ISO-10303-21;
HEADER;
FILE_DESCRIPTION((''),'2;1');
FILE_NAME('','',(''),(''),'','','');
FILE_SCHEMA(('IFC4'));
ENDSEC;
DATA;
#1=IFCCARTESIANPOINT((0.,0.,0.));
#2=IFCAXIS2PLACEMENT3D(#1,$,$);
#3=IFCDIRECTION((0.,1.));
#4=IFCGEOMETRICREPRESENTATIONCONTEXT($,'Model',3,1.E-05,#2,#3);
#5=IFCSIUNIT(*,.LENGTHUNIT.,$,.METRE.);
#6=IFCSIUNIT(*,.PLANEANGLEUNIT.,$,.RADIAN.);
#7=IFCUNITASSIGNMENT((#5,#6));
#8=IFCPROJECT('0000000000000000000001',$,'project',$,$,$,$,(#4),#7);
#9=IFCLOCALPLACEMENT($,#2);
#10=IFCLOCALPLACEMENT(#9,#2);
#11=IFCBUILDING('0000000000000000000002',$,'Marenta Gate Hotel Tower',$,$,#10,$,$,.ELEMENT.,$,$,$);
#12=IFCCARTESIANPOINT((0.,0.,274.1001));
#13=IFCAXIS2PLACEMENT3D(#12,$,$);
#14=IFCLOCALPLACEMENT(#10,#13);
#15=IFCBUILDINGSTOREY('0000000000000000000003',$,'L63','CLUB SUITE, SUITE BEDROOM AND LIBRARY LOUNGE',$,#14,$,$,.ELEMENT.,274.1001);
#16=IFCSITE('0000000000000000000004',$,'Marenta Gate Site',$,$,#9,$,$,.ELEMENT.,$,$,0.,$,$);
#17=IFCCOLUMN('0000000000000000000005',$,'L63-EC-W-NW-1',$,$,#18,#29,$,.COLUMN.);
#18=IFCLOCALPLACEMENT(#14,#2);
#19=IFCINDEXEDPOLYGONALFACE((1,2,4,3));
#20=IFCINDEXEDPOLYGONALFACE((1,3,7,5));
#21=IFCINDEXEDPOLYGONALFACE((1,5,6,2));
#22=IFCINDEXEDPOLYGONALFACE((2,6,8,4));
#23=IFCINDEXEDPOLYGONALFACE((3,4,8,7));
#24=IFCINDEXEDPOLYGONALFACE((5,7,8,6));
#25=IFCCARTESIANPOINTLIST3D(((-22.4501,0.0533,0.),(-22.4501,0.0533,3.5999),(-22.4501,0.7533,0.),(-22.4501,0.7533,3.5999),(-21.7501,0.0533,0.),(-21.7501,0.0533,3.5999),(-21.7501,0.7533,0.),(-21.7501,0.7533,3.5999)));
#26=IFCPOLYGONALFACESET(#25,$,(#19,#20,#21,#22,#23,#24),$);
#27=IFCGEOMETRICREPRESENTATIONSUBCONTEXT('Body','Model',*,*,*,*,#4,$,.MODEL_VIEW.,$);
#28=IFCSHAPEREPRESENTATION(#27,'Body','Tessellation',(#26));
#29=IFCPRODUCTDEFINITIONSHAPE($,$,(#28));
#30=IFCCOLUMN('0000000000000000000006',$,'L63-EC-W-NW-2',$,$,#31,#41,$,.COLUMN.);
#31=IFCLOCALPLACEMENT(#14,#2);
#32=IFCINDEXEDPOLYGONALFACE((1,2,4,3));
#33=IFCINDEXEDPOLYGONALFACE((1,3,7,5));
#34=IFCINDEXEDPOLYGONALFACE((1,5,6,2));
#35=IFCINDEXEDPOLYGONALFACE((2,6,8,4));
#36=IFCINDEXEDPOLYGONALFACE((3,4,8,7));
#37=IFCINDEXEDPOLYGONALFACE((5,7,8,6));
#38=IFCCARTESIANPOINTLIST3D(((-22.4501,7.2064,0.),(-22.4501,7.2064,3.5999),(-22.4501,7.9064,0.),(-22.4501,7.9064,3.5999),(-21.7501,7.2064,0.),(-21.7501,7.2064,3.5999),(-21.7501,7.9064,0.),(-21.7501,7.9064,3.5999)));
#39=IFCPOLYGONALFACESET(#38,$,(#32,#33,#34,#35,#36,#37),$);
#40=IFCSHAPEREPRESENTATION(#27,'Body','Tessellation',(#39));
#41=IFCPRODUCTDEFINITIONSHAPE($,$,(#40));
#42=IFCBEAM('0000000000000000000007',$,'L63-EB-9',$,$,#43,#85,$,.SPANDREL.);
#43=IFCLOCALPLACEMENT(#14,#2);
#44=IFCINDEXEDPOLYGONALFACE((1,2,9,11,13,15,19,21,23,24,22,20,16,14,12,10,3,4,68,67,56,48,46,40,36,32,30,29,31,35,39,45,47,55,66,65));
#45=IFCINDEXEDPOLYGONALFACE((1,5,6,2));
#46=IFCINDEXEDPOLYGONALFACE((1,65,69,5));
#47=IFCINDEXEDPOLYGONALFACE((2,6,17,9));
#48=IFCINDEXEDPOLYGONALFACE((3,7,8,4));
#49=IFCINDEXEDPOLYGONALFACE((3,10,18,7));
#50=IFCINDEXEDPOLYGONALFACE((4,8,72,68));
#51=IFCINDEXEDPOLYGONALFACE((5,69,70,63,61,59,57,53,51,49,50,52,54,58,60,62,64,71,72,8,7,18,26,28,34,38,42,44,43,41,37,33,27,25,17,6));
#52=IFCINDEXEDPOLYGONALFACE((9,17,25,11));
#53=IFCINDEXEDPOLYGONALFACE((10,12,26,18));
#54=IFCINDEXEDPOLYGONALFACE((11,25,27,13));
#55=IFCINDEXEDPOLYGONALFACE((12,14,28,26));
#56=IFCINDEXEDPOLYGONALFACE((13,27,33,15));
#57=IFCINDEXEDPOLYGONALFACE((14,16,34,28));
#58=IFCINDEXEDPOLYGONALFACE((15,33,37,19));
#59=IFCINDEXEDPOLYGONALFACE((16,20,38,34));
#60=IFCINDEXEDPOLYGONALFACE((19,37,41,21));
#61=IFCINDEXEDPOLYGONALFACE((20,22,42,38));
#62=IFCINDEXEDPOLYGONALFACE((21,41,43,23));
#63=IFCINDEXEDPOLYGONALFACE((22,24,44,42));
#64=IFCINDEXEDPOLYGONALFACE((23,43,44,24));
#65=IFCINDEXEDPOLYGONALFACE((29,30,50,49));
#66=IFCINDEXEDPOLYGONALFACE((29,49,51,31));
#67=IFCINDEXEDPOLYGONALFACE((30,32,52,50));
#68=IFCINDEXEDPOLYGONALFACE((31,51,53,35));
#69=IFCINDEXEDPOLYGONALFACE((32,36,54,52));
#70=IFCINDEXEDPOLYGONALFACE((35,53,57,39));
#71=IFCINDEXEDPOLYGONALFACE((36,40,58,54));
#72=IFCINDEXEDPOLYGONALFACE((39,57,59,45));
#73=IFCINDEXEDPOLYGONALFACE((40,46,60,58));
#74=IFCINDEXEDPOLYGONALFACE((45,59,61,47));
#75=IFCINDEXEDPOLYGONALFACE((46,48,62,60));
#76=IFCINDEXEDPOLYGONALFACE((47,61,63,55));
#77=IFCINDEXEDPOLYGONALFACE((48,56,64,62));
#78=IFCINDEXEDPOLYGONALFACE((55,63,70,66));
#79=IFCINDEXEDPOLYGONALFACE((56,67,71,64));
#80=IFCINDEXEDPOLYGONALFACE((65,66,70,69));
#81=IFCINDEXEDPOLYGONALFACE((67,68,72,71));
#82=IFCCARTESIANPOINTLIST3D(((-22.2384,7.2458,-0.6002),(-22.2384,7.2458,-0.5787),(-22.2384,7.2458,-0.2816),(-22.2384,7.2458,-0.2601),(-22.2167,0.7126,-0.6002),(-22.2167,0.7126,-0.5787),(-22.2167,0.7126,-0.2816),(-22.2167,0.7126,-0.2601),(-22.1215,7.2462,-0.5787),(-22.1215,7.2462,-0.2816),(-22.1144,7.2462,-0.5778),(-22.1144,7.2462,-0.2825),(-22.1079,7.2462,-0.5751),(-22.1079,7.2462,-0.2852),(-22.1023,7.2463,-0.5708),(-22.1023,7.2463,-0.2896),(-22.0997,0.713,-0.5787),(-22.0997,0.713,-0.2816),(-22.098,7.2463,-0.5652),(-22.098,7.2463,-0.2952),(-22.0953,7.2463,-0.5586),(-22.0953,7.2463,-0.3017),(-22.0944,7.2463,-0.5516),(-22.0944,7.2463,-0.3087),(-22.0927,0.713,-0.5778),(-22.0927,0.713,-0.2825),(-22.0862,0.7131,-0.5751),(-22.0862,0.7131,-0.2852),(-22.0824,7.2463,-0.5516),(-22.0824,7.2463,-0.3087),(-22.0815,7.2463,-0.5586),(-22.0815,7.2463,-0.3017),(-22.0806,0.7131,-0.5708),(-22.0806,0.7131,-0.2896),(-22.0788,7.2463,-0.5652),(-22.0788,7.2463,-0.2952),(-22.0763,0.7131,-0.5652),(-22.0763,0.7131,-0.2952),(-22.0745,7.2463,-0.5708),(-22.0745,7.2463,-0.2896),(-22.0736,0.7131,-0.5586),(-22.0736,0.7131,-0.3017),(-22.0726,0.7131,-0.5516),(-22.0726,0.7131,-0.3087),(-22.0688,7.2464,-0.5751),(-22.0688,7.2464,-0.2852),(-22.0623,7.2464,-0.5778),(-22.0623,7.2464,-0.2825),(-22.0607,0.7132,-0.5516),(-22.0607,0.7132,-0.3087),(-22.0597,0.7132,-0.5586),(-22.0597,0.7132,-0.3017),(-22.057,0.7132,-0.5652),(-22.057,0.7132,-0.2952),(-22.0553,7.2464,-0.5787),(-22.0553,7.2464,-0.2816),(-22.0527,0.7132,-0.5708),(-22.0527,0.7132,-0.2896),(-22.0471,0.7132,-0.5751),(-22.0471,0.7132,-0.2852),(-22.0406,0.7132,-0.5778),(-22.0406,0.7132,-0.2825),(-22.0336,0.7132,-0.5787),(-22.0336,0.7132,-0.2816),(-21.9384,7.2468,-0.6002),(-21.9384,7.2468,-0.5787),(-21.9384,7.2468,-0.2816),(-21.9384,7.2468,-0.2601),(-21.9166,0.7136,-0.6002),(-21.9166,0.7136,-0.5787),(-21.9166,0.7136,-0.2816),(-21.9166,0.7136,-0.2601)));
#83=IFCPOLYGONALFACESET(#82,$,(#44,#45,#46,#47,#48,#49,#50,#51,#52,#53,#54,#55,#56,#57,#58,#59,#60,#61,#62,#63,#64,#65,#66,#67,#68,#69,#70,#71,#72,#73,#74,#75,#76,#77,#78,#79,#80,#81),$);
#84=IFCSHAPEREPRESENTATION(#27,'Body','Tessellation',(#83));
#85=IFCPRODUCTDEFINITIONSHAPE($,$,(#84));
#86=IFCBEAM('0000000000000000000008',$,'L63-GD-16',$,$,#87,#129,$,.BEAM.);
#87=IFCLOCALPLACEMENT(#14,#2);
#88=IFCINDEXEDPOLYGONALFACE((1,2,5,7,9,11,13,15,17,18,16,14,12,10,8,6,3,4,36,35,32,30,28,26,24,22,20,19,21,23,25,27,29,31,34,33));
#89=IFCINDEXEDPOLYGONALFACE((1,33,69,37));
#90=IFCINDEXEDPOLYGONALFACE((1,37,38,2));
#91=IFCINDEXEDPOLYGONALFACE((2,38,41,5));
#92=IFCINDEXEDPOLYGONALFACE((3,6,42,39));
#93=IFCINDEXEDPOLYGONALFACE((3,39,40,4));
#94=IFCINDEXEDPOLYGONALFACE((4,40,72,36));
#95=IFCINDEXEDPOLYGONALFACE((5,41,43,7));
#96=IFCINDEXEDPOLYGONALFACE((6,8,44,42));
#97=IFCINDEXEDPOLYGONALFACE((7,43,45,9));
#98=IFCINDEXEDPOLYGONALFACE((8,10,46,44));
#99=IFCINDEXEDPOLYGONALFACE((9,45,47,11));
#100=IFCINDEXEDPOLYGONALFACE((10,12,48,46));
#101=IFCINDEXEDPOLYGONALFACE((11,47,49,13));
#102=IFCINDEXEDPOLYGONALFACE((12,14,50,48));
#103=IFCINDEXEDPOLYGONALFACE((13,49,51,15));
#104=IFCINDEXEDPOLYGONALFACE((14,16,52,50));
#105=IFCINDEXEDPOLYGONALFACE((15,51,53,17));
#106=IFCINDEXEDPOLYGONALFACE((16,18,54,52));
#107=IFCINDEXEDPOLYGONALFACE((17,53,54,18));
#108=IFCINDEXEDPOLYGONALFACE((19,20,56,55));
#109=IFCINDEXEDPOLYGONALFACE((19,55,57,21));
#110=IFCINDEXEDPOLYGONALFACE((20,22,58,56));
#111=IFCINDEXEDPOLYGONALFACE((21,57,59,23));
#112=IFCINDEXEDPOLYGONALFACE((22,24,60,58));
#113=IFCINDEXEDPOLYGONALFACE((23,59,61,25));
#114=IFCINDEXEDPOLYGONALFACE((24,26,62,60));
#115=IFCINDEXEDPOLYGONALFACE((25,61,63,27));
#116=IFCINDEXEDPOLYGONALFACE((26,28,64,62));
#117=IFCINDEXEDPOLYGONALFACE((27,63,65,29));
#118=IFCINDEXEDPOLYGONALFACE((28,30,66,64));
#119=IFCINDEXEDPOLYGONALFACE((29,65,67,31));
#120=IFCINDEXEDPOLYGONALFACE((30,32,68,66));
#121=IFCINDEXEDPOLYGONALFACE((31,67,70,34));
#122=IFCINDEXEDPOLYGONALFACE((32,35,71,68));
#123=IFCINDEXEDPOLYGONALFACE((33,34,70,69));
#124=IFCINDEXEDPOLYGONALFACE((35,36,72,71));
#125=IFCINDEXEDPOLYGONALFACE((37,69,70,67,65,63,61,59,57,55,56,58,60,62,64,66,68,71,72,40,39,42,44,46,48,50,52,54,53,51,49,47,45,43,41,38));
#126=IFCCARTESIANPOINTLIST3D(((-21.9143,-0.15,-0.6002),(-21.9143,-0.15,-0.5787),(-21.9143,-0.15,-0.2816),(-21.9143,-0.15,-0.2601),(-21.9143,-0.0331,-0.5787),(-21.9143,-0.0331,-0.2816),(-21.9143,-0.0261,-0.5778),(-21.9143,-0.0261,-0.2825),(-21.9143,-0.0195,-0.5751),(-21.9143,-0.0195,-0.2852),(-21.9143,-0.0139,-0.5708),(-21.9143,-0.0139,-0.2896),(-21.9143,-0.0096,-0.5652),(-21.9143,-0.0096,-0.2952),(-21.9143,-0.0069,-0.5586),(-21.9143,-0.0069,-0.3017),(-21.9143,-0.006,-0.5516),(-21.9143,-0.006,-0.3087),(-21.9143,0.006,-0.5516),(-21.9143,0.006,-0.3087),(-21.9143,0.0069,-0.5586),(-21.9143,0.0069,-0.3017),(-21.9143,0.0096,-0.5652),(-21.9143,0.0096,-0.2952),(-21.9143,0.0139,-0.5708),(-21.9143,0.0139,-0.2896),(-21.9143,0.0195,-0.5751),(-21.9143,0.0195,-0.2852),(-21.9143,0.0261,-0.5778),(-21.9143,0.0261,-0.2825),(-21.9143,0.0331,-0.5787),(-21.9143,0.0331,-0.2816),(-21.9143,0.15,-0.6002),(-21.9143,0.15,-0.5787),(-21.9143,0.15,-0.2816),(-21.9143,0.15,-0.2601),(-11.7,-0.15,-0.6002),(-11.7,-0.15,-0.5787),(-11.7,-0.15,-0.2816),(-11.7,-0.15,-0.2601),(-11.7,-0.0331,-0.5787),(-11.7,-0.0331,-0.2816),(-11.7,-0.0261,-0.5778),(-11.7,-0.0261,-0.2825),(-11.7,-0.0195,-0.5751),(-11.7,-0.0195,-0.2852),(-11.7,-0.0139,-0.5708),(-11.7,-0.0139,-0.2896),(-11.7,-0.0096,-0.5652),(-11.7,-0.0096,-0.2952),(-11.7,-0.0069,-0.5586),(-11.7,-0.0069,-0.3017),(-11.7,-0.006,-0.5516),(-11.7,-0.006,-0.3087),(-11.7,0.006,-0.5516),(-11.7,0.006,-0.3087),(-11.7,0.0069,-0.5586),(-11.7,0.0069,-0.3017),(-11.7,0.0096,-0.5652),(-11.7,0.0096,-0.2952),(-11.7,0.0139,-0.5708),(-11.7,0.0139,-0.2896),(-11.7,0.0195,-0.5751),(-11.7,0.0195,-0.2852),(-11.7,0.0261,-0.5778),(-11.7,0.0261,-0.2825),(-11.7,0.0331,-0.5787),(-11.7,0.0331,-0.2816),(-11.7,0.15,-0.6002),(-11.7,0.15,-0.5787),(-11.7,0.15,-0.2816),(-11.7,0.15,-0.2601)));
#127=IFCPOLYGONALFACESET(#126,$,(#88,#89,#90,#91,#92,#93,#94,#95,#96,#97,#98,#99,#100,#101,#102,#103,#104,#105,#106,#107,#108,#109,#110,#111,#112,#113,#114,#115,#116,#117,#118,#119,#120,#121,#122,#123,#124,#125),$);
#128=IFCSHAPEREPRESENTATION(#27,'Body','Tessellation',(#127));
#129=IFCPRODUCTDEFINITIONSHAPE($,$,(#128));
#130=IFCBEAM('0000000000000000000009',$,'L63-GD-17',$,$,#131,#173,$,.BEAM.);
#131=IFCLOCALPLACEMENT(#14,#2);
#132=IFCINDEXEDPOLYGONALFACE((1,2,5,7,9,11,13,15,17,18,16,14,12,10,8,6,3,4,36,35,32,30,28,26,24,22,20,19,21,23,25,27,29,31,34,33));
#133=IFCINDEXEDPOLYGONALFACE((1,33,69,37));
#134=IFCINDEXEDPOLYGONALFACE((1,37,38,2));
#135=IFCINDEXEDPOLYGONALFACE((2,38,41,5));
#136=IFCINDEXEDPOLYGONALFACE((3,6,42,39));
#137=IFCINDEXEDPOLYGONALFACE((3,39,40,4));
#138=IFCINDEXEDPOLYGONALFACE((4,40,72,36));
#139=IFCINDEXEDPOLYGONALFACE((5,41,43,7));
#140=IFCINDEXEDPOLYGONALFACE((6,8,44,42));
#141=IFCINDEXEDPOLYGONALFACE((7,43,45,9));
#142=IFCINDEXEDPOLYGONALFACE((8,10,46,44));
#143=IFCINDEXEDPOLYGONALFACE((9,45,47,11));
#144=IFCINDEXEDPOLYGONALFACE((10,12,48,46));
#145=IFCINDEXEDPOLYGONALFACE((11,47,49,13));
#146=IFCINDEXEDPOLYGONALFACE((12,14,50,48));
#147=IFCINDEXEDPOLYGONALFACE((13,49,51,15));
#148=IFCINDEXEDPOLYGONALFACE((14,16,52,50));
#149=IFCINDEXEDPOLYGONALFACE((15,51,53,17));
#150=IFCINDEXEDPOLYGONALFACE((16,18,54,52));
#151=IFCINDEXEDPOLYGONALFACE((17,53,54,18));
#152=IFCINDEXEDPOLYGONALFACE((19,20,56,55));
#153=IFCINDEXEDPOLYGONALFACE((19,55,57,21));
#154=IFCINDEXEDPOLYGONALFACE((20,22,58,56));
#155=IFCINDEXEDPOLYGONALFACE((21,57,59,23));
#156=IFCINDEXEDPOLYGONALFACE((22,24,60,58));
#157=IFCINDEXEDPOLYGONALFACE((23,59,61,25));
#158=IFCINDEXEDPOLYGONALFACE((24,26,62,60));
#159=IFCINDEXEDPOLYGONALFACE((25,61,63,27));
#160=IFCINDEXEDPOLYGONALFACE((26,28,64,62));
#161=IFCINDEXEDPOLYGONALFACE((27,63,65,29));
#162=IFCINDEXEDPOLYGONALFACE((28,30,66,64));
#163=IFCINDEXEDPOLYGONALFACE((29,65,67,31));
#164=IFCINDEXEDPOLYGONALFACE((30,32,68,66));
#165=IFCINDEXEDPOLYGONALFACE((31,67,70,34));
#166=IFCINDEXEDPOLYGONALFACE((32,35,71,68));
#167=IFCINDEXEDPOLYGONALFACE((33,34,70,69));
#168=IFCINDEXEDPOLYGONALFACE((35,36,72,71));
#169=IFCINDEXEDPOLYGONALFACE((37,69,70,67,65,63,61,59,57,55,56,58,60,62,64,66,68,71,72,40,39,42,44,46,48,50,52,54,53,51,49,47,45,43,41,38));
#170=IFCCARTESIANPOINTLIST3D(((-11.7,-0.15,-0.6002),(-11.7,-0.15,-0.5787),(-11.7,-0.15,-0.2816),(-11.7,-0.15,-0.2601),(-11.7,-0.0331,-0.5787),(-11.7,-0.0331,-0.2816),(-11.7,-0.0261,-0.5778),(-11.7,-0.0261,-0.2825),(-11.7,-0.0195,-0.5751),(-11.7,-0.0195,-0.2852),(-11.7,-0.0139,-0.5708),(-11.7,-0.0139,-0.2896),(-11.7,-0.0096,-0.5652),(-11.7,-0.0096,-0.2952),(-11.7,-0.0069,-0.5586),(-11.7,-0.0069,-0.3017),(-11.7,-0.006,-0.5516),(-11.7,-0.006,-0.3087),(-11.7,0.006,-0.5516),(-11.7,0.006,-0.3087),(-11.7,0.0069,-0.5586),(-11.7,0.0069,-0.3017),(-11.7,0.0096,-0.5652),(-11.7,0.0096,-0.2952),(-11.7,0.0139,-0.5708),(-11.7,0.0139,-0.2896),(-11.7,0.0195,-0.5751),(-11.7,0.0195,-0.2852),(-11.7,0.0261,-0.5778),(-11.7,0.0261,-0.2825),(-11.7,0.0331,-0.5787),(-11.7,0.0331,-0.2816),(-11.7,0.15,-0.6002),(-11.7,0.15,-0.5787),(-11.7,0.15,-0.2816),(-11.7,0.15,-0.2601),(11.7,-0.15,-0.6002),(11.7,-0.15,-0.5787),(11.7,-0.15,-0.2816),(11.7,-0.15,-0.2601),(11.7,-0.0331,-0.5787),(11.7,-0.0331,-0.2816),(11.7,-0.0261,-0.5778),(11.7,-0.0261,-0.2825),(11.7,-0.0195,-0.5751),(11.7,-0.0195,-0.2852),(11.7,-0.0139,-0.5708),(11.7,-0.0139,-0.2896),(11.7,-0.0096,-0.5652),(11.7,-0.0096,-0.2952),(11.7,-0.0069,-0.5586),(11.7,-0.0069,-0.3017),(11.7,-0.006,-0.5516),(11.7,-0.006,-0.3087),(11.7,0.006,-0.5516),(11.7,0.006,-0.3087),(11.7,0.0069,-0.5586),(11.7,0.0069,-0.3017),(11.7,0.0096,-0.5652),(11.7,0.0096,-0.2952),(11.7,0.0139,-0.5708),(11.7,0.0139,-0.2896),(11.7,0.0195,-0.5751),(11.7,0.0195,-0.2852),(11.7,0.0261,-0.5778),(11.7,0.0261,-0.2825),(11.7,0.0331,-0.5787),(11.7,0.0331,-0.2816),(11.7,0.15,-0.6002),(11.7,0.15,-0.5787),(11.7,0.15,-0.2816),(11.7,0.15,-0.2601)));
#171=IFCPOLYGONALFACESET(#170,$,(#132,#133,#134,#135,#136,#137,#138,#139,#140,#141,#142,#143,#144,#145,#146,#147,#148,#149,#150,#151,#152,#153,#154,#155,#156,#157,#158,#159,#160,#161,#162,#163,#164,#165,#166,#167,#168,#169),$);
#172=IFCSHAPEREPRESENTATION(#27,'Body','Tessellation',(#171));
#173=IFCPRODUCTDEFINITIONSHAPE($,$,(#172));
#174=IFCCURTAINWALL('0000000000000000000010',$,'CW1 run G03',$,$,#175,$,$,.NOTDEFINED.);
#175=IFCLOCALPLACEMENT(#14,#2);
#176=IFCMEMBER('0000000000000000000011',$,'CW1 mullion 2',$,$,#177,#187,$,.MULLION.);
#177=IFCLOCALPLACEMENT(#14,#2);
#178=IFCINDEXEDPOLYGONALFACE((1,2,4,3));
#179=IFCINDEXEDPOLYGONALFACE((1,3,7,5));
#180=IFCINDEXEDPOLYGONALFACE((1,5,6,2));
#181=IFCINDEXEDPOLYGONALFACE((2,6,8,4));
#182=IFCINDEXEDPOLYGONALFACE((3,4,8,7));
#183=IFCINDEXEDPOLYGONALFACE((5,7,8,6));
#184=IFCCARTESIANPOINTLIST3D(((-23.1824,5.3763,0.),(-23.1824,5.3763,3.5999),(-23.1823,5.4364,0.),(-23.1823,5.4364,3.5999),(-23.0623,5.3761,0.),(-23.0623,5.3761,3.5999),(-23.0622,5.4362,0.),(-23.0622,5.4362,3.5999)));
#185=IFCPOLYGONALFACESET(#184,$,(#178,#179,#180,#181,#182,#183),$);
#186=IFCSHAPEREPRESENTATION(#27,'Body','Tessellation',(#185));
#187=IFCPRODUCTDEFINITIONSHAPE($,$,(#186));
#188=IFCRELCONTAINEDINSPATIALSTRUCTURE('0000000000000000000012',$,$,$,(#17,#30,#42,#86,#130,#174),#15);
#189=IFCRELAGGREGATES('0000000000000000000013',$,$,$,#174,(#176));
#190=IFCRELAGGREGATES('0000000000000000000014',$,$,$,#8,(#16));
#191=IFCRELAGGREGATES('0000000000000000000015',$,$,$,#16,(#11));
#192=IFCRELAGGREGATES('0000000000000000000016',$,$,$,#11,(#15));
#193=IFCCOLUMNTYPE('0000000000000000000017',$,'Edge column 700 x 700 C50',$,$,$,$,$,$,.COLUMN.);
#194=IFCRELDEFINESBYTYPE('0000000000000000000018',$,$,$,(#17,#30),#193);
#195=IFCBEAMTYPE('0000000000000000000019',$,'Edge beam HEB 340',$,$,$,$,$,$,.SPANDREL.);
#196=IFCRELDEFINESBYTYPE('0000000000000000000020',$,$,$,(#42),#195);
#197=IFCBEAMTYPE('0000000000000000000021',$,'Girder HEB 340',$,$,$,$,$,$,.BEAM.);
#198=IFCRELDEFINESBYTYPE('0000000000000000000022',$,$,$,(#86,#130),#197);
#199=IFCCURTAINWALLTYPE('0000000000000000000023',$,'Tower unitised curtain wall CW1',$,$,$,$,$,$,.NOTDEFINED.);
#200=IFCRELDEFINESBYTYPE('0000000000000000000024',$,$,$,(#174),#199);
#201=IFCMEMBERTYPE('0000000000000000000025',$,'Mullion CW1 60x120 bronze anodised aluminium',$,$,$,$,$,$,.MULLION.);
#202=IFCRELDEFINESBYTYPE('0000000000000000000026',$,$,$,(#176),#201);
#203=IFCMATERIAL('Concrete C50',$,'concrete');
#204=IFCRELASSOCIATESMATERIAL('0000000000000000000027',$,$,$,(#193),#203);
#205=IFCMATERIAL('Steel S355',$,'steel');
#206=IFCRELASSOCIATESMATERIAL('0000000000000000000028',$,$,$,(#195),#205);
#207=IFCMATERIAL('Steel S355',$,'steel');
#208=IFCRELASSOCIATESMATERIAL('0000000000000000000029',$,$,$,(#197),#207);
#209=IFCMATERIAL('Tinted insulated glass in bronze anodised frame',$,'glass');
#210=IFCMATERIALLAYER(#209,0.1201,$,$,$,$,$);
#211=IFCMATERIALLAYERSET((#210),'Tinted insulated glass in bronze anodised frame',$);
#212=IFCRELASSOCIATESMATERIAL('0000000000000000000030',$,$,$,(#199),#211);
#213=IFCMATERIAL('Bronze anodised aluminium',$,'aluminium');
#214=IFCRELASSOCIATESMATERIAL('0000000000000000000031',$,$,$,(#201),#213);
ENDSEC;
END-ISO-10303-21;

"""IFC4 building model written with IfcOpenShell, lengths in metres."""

from ifc_helpers import new_model, si_unit, direction, frame, origin, origin_2d, place, context, subcontext, project, spatial, rectangle, i_section, extrude, material, layer, layer_set, material_profile, profile_set, type_object, element, aggregate, save


model = new_model("IFC4")

# Units and contexts
model_context = context("Model", 3, precision=1e-05, world=origin(), true_north=direction((0.0, 1.0)))
body_context = subcontext(model_context, "Body", "Model", "MODEL_VIEW")
ifc_project = project(units=[si_unit("LENGTHUNIT", "METRE"), si_unit("PLANEANGLEUNIT", "RADIAN")], contexts=[model_context])

# Site, building, storey
site_placement = place(None, origin())
site = spatial("IfcSite", under=ifc_project, at=site_placement, Name="Marenta Gate Site", CompositionType="ELEMENT", RefElevation=0.0)
building_placement = place(site_placement, origin())
building = spatial("IfcBuilding", under=site, at=building_placement, Name="Marenta Gate Hotel Tower", CompositionType="ELEMENT")
storey_placement = place(building_placement, frame((0.0, 0.0, 274.1001)))
storey = spatial("IfcBuildingStorey", under=building, at=storey_placement, Name="L63", Description="CLUB SUITE, SUITE BEDROOM AND LIBRARY LOUNGE", CompositionType="ELEMENT", Elevation=274.1001)

# Columns
ifc_material_1 = material(Name="Concrete C50", Category="concrete")
ifc_material_profile_1 = material_profile(ifc_material_1, rectangle(XDim=0.7, YDim=0.7, at=origin_2d()), Name="700 x 700")
ifc_profile_set_1 = profile_set([ifc_material_profile_1], Name="Concrete C50")
column_type = type_object("IfcColumnType", Name="Edge column 700 x 700 C50", PredefinedType="COLUMN", material=ifc_profile_set_1)
for number, where, z_axis, x_axis, name in (
    (1, (-22.1001, 0.4033, 0.0), (0.0, 0.0, 1.0), (1.0, 0.0, 0.0), "L63-EC-W-NW-1"),
    (2, (-22.1001, 7.5564, 0.0), (0.0, 0.0, 1.0), (1.0, 0.0, 0.0), "L63-EC-W-NW-2"),
):
    element("IfcColumn", number, at=place(storey_placement, frame(where, z_axis=z_axis, x_axis=x_axis)), inside=storey, type_object=column_type, Name=name, PredefinedType="COLUMN", context=body_context, shape_type="SweptSolid", body=[
        extrude(rectangle(XDim=0.7, YDim=0.7, at=origin_2d()), origin(), (0.0, 0.0, 1.0), 3.5999),
    ])

# Beams
ifc_material_2 = material(Name="Steel S355", Category="steel")
ifc_material_profile_2 = material_profile(ifc_material_2, i_section(OverallWidth=0.3, OverallDepth=0.3401, WebThickness=0.012, FlangeThickness=0.0215, FilletRadius=0.0271, at=origin_2d()), Name="HEB 340")
ifc_profile_set_2 = profile_set([ifc_material_profile_2], Name="Steel S355")
beam_type_1 = type_object("IfcBeamType", Name="Edge beam HEB 340", PredefinedType="SPANDREL", material=ifc_profile_set_2)
beam_1_placement = place(storey_placement, frame((-22.0667, 0.7131, -0.4302), z_axis=(-0.003326, 0.999994, 0.0), x_axis=(-0.999994, -0.003326, 0.0)))
element("IfcBeam", 3, at=beam_1_placement, inside=storey, type_object=beam_type_1, Name="L63-EB-9", PredefinedType="SPANDREL", context=body_context, shape_type="SweptSolid", body=[
    extrude(i_section(OverallWidth=0.3, OverallDepth=0.3401, WebThickness=0.012, FlangeThickness=0.0215, FilletRadius=0.0271, at=origin_2d()), origin(), (0.0, 0.0, 1.0), 6.5332),
])
ifc_material_3 = material(Name="Steel S355", Category="steel")
ifc_material_profile_3 = material_profile(ifc_material_3, i_section(OverallWidth=0.3, OverallDepth=0.3401, WebThickness=0.012, FlangeThickness=0.0215, FilletRadius=0.0271, at=origin_2d()), Name="HEB 340")
ifc_profile_set_3 = profile_set([ifc_material_profile_3], Name="Steel S355")
beam_type_2 = type_object("IfcBeamType", Name="Girder HEB 340", PredefinedType="BEAM", material=ifc_profile_set_3)
beam_2_placement = place(storey_placement, frame((-21.9143, 0.0, -0.4302), z_axis=(1.0, 0.0, 0.0), x_axis=(0.0, 1.0, 0.0)))
element("IfcBeam", 4, at=beam_2_placement, inside=storey, type_object=beam_type_2, Name="L63-GD-16", PredefinedType="BEAM", context=body_context, shape_type="SweptSolid", body=[
    extrude(i_section(OverallWidth=0.3, OverallDepth=0.3401, WebThickness=0.012, FlangeThickness=0.0215, FilletRadius=0.0271, at=origin_2d()), origin(), (0.0, 0.0, 1.0), 10.2144),
])
beam_3_placement = place(storey_placement, frame((-11.7, 0.0, -0.4302), z_axis=(1.0, 0.0, 0.0), x_axis=(0.0, 1.0, 0.0)))
element("IfcBeam", 5, at=beam_3_placement, inside=storey, type_object=beam_type_2, Name="L63-GD-17", PredefinedType="BEAM", context=body_context, shape_type="SweptSolid", body=[
    extrude(i_section(OverallWidth=0.3, OverallDepth=0.3401, WebThickness=0.012, FlangeThickness=0.0215, FilletRadius=0.0271, at=origin_2d()), origin(), (0.0, 0.0, 1.0), 23.3999),
])

# Curtain wall, member
ifc_material_4 = material(Name="Tinted insulated glass in bronze anodised frame", Category="glass")
ifc_layer_1 = layer(ifc_material_4, 0.1201)
ifc_layer_set_1 = layer_set([ifc_layer_1], Name="Tinted insulated glass in bronze anodised frame")
curtain_wall_type = type_object("IfcCurtainWallType", Name="Tower unitised curtain wall CW1", PredefinedType="NOTDEFINED", material=ifc_layer_set_1)
curtain_wall_placement = place(storey_placement, origin())
curtain_wall = element("IfcCurtainWall", 6, at=curtain_wall_placement, inside=storey, type_object=curtain_wall_type, Name="CW1 run G03", PredefinedType="NOTDEFINED")
ifc_material_5 = material(Name="Bronze anodised aluminium", Category="aluminium")
ifc_material_profile_4 = material_profile(ifc_material_5, rectangle(XDim=0.1201, YDim=0.0601, at=origin_2d()), Name="Mullion CW1 60x120 bronze anodised aluminium")
ifc_profile_set_4 = profile_set([ifc_material_profile_4], Name="Bronze anodised aluminium")
member_type_1 = type_object("IfcMemberType", Name="Mullion CW1 60x120 bronze anodised aluminium", PredefinedType="MULLION", material=ifc_profile_set_4)
member_1_placement = place(storey_placement, frame((-23.1223, 5.4062, 0.0), z_axis=(0.0, 0.0, 1.0), x_axis=(0.999999, -0.001566, 0.0)))
member_1 = element("IfcMember", 7, at=member_1_placement, type_object=member_type_1, Name="CW1 mullion 2", PredefinedType="MULLION", context=body_context, shape_type="SweptSolid", body=[
    extrude(rectangle(XDim=0.1201, YDim=0.0601, at=origin_2d()), origin(), (0.0, 0.0, 1.0), 3.5999),
])
aggregate(curtain_wall, [member_1])

save(model, "model.ifc")
